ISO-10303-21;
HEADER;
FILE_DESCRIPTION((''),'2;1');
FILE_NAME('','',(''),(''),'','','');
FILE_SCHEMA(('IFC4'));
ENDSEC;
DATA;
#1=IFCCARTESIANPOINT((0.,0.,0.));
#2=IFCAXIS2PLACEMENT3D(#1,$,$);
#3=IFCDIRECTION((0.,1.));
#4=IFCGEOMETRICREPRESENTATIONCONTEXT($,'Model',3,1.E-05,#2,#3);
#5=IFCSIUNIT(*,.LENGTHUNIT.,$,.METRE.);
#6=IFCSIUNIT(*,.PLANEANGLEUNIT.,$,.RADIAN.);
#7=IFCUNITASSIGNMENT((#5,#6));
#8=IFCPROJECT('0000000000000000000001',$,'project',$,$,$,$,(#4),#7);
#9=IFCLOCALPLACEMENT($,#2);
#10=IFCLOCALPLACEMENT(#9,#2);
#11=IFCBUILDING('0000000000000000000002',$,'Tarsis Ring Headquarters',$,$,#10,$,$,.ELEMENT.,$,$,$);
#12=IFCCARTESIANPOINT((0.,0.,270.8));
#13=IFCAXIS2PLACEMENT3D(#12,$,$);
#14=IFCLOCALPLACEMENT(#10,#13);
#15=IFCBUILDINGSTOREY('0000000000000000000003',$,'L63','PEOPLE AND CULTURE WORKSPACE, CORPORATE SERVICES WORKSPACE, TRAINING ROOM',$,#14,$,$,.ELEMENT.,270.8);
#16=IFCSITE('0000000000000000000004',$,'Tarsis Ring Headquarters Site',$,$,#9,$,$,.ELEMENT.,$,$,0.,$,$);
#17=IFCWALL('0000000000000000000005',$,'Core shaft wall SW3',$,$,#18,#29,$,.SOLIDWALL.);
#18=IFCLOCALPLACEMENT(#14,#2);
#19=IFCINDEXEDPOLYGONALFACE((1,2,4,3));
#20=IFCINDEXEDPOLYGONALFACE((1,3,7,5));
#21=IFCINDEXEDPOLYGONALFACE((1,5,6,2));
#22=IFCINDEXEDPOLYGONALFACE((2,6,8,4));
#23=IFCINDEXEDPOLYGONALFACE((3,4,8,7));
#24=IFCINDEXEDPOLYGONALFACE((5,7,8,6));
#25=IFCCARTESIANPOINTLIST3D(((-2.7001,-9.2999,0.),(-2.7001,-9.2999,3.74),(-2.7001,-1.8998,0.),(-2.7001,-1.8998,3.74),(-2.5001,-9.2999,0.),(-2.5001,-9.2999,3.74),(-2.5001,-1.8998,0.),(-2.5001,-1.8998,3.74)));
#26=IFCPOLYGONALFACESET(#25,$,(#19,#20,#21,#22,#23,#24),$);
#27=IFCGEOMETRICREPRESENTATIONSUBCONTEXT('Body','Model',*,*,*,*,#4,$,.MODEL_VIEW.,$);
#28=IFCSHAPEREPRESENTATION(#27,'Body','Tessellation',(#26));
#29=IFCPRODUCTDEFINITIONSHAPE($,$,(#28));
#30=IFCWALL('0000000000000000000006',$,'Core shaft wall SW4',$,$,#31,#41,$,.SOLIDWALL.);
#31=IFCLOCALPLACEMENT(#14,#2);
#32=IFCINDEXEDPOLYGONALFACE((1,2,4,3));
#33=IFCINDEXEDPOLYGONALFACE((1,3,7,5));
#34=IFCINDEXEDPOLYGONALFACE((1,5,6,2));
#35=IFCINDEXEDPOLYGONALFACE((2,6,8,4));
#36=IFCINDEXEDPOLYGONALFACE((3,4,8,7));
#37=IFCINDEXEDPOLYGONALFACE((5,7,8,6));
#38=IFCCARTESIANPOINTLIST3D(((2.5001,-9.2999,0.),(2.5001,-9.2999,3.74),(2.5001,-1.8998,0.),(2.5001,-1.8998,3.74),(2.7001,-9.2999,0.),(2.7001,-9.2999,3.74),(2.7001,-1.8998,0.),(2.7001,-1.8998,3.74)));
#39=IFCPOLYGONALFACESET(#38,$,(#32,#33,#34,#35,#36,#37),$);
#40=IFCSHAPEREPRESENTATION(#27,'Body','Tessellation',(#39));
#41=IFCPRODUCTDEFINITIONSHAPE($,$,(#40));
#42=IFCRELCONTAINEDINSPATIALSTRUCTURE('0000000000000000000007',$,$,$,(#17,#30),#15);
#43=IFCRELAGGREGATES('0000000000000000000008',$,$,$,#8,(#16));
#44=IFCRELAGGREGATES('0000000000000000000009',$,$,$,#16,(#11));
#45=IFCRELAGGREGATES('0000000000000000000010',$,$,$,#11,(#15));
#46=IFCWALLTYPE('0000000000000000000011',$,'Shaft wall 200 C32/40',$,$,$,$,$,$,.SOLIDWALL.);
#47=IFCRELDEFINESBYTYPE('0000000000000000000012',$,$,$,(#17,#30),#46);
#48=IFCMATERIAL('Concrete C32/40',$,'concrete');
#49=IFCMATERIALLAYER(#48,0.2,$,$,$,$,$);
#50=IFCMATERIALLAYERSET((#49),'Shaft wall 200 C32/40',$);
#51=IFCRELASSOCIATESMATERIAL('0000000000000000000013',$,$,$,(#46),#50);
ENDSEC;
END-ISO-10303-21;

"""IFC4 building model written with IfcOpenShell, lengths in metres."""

from ifc_helpers import new_model, si_unit, direction, frame, frame_2d, origin, place, context, subcontext, project, spatial, rectangle, extrude, material, layer, layer_set, type_object, element, save


model = new_model("IFC4")

# Units and contexts
model_context = context("Model", 3, precision=1e-05, world=origin(), true_north=direction((0.0, 1.0)))
body_context = subcontext(model_context, "Body", "Model", "MODEL_VIEW")
ifc_project = project(units=[si_unit("LENGTHUNIT", "METRE"), si_unit("PLANEANGLEUNIT", "RADIAN")], contexts=[model_context])

# Site, building, storey
site_placement = place(None, origin())
site = spatial("IfcSite", under=ifc_project, at=site_placement, Name="Tarsis Ring Headquarters Site", CompositionType="ELEMENT", RefElevation=0.0)
building_placement = place(site_placement, origin())
building = spatial("IfcBuilding", under=site, at=building_placement, Name="Tarsis Ring Headquarters", CompositionType="ELEMENT")
storey_placement = place(building_placement, frame((0.0, 0.0, 270.8)))
storey = spatial("IfcBuildingStorey", under=building, at=storey_placement, Name="L63", Description="PEOPLE AND CULTURE WORKSPACE, CORPORATE SERVICES WORKSPACE, TRAINING ROOM", CompositionType="ELEMENT", Elevation=270.8)

# Walls
ifc_material_1 = material(Name="Concrete C32/40", Category="concrete")
ifc_layer_1 = layer(ifc_material_1, 0.2)
ifc_layer_set_1 = layer_set([ifc_layer_1], Name="Shaft wall 200 C32/40")
wall_type_1 = type_object("IfcWallType", Name="Shaft wall 200 C32/40", PredefinedType="SOLIDWALL", material=ifc_layer_set_1)
for number, where, z_axis, x_axis, name in (
    (1, (-2.6001, -9.3, 0.0), (0.0, 0.0, 1.0), (0.0, 1.0, 0.0), "Core shaft wall SW3"),
    (2, (2.6001, -9.3, 0.0), (0.0, 0.0, 1.0), (0.0, 1.0, 0.0), "Core shaft wall SW4"),
):
    element("IfcWall", number, at=place(storey_placement, frame(where, z_axis=z_axis, x_axis=x_axis)), inside=storey, type_object=wall_type_1, Name=name, PredefinedType="SOLIDWALL", context=body_context, shape_type="SweptSolid", body=[
        extrude(rectangle(XDim=7.4001, YDim=0.2, at=frame_2d((3.7002, 0.0))), origin(), (0.0, 0.0, 1.0), 3.74),
    ])

save(model, "model.ifc")
